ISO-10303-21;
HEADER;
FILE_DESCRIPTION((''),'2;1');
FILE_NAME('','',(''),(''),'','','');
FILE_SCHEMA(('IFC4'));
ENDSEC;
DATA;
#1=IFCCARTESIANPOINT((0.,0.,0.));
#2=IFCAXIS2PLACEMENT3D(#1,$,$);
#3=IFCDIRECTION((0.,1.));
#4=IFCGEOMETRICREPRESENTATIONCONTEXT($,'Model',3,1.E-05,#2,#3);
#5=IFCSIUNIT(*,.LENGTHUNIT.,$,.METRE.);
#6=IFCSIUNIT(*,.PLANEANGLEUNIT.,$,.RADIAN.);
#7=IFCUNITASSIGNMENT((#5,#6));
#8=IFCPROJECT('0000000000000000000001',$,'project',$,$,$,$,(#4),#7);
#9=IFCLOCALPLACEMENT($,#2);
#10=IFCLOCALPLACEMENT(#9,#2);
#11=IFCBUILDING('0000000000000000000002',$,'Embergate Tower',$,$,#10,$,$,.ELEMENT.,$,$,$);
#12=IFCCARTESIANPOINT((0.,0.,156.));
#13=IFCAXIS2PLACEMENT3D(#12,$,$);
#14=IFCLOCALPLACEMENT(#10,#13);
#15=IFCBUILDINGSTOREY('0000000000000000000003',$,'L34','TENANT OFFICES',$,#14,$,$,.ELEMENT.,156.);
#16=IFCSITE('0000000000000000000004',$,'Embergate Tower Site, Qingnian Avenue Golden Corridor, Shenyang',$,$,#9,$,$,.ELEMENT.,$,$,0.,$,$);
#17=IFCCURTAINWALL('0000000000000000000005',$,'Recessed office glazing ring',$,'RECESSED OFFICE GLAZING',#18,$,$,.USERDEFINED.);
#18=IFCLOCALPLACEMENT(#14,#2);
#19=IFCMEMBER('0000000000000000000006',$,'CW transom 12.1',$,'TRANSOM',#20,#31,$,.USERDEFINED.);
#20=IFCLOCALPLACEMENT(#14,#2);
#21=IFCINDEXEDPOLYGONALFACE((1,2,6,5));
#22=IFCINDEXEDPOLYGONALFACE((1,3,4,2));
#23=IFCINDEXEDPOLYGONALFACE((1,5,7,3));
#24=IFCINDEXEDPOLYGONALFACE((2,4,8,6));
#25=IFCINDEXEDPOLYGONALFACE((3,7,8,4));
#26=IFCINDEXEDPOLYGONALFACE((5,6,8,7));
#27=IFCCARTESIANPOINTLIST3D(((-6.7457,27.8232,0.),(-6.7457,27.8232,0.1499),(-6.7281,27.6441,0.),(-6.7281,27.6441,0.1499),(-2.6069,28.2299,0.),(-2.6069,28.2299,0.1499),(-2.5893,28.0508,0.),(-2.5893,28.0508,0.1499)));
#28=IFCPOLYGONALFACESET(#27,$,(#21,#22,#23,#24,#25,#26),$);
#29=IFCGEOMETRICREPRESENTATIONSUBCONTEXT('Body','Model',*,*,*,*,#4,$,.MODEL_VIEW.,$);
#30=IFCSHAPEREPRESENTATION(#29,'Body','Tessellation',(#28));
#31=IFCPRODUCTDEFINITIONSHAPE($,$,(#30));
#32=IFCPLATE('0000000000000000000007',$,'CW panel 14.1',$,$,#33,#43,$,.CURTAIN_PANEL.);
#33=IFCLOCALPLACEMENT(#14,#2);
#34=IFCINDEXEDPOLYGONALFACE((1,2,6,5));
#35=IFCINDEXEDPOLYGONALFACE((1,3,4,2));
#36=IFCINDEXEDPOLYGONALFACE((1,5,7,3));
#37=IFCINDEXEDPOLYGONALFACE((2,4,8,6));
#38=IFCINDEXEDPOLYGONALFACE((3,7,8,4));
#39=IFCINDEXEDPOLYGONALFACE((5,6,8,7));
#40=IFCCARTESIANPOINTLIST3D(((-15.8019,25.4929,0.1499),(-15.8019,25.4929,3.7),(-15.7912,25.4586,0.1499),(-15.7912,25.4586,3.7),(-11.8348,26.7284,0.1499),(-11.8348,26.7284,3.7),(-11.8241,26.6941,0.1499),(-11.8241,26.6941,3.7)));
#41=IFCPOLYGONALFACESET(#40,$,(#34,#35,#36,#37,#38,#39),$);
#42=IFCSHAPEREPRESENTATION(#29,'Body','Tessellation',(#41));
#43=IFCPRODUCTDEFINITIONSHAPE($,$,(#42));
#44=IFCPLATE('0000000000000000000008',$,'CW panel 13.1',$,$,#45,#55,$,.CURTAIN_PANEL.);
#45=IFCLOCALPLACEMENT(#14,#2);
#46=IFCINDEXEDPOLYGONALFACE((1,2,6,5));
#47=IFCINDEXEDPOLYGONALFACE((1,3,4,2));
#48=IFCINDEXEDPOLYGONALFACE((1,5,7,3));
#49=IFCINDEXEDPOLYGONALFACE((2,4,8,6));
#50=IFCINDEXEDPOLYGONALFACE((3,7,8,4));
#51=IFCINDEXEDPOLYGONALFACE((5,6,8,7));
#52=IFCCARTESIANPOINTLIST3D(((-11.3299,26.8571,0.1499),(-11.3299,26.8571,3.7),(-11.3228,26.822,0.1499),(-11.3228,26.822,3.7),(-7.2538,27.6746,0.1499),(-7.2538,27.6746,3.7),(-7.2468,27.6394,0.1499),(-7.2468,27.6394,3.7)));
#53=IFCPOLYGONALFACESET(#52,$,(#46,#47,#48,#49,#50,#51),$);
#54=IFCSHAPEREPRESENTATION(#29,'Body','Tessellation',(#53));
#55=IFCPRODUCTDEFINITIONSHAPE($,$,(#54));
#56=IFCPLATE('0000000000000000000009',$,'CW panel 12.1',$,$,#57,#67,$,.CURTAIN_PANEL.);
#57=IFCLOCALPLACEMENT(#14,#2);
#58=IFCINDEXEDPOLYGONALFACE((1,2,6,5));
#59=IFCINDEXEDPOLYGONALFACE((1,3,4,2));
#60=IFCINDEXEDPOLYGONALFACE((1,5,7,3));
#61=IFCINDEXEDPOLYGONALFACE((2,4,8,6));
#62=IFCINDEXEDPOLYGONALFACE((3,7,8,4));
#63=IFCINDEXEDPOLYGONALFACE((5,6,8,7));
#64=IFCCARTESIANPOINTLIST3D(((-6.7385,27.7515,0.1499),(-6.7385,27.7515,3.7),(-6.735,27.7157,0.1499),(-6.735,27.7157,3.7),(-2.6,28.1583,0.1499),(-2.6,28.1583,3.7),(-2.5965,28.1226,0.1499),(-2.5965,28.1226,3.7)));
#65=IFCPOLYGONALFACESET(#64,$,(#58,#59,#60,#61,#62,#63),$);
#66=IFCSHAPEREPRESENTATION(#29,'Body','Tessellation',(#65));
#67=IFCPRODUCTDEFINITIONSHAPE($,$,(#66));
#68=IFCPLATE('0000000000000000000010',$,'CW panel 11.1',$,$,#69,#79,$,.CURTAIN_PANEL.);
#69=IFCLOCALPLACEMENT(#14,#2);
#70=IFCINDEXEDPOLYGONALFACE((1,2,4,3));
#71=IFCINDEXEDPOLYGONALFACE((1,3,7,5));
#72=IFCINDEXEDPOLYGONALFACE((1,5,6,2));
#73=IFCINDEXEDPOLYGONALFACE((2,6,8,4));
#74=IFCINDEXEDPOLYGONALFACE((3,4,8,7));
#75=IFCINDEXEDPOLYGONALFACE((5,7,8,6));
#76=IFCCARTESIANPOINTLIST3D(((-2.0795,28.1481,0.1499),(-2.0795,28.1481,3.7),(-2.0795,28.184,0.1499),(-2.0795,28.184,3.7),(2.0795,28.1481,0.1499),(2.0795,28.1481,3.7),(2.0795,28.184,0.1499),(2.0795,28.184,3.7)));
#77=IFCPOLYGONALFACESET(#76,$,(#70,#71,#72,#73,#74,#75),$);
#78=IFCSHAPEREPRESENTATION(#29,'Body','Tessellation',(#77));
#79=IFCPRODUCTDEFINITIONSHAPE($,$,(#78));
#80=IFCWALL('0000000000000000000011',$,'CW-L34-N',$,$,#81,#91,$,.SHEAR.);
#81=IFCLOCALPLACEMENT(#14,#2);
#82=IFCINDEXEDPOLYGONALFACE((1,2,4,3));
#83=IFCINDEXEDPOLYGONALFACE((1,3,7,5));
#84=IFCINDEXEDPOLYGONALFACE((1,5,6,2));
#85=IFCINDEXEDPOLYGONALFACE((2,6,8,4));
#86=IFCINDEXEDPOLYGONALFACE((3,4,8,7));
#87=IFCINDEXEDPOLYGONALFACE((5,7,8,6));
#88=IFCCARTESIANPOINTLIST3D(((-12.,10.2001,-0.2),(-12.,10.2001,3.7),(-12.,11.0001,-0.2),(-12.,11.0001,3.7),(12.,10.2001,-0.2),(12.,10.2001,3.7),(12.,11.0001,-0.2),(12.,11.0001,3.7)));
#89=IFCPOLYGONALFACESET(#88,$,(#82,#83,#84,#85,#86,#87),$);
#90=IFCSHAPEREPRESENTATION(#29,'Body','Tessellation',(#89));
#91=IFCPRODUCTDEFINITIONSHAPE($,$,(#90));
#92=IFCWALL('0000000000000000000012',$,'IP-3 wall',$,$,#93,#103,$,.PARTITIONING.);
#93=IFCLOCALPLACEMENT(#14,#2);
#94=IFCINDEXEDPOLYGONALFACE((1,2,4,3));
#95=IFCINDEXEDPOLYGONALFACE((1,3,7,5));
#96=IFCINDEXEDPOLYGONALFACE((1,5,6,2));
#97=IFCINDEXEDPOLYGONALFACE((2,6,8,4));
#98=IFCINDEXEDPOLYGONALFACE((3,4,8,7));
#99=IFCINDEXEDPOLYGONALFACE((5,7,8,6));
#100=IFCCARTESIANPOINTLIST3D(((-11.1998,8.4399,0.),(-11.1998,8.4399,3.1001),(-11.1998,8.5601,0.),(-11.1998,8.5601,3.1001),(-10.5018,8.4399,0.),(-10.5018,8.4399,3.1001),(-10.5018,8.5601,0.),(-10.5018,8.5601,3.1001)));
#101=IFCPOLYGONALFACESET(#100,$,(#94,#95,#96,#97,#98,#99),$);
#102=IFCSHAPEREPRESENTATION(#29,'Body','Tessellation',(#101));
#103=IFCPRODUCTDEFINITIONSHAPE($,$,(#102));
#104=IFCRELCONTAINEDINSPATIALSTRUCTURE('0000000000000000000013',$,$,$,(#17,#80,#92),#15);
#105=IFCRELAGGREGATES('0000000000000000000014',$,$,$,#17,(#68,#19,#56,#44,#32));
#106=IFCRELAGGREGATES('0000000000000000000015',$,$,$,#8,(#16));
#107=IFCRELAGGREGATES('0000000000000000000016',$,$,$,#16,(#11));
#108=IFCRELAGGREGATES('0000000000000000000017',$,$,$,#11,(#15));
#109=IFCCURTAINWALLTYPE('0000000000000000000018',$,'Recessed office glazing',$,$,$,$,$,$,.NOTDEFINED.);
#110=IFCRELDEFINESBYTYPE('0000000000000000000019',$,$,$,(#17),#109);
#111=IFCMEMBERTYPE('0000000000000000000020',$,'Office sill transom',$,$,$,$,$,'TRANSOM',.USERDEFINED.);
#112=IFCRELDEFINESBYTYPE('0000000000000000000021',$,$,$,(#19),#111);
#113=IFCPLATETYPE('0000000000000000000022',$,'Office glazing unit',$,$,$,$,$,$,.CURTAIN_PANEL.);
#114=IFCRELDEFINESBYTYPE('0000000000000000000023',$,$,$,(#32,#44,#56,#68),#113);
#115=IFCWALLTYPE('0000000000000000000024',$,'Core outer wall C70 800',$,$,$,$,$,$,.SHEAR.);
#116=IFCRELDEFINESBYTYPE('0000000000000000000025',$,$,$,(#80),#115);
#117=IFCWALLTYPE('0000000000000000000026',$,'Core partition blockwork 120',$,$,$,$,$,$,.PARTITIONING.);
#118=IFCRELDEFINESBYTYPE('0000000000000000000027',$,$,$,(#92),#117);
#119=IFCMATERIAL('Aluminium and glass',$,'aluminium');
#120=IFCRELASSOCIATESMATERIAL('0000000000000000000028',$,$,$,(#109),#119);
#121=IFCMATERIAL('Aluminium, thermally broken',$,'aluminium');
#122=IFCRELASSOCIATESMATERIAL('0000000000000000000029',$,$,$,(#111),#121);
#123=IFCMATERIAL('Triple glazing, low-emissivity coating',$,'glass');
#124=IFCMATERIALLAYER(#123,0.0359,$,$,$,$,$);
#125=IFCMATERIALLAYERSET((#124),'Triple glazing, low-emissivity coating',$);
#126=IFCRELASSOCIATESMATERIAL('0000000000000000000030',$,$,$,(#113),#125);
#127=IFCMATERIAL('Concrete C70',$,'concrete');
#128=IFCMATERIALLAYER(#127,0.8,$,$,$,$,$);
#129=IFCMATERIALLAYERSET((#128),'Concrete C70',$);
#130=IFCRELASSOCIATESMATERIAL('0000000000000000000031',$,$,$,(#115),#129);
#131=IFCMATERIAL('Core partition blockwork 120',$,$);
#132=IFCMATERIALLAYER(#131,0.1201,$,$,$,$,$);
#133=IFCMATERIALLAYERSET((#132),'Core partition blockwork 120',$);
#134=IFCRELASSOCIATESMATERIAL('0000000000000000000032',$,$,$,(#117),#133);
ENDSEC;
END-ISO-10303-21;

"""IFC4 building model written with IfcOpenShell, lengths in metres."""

from ifc_helpers import new_model, si_unit, direction, frame, frame_2d, origin, origin_2d, place, context, subcontext, project, spatial, rectangle, extrude, source, transform, mapped, material, layer, layer_set, material_profile, profile_set, type_object, element, aggregate, save


model = new_model("IFC4")

# Units and contexts
model_context = context("Model", 3, precision=1e-05, world=origin(), true_north=direction((0.0, 1.0)))
body_context = subcontext(model_context, "Body", "Model", "MODEL_VIEW")
ifc_project = project(units=[si_unit("LENGTHUNIT", "METRE"), si_unit("PLANEANGLEUNIT", "RADIAN")], contexts=[model_context])

# Site, building, storey
site_placement = place(None, origin())
site = spatial("IfcSite", under=ifc_project, at=site_placement, Name="Embergate Tower Site, Qingnian Avenue Golden Corridor, Shenyang", CompositionType="ELEMENT", RefElevation=0.0)
building_placement = place(site_placement, origin())
building = spatial("IfcBuilding", under=site, at=building_placement, Name="Embergate Tower", CompositionType="ELEMENT")
storey_placement = place(building_placement, frame((0.0, 0.0, 156.0)))
storey = spatial("IfcBuildingStorey", under=building, at=storey_placement, Name="L34", Description="TENANT OFFICES", CompositionType="ELEMENT", Elevation=156.0)

# Shared definitions
ifc_material_1 = material(Name="Concrete C70", Category="concrete")

# Curtain wall, member, plates
ifc_material_2 = material(Name="Aluminium and glass", Category="aluminium")
curtain_wall_type = type_object("IfcCurtainWallType", Name="Recessed office glazing", PredefinedType="NOTDEFINED", material=ifc_material_2)
curtain_wall_placement = place(storey_placement, origin())
curtain_wall = element("IfcCurtainWall", 1, at=curtain_wall_placement, inside=storey, type_object=curtain_wall_type, Name="Recessed office glazing ring", ObjectType="RECESSED OFFICE GLAZING", PredefinedType="USERDEFINED")
ifc_material_3 = material(Name="Aluminium, thermally broken", Category="aluminium")
ifc_material_profile_1 = material_profile(ifc_material_3, rectangle(XDim=0.1799, YDim=0.1499, at=origin_2d()), Name="AL 150x180")
ifc_profile_set_1 = profile_set([ifc_material_profile_1], Name="Aluminium, thermally broken")
member_type_1 = type_object("IfcMemberType", Name="Office sill transom", ElementType="TRANSOM", PredefinedType="USERDEFINED", material=ifc_profile_set_1)
shared_shape_1 = source(origin(), body_context, "Body", "SweptSolid", [
    extrude(rectangle(XDim=0.1799, YDim=0.1499, at=origin_2d()), origin(), (0.0, 0.0, 1.0), 4.1587),
])
member_1_placement = place(storey_placement, frame((-2.5981, 28.1404, 0.075), z_axis=(-0.995205, -0.097806, 0.0), x_axis=(0.097806, -0.995205, 0.0)))
member_1 = element("IfcMember", 2, at=member_1_placement, type_object=member_type_1, Name="CW transom 12.1", ObjectType="TRANSOM", PredefinedType="USERDEFINED", context=body_context, shape_type="MappedRepresentation", body=[
    mapped(shared_shape_1, transform((0.0, 0.0, 0.0))),
])
ifc_material_4 = material(Name="Triple glazing, low-emissivity coating", Category="glass")
ifc_layer_1 = layer(ifc_material_4, 0.0359)
ifc_layer_set_1 = layer_set([ifc_layer_1], Name="Triple glazing, low-emissivity coating")
plate_type = type_object("IfcPlateType", Name="Office glazing unit", PredefinedType="CURTAIN_PANEL", material=ifc_layer_set_1)
shared_shape_2 = source(origin(), body_context, "Body", "SweptSolid", [
    extrude(rectangle(XDim=4.155, YDim=0.0359, at=origin_2d()), origin(), (0.0, 0.0, 1.0), 3.55),
])
plate_1_placement = place(storey_placement, frame((-13.813, 26.0935, 0.1499), z_axis=(0.0, 0.0, 1.0), x_axis=(-0.954772, -0.297338, 0.0)))
plate_1 = element("IfcPlate", 3, at=plate_1_placement, type_object=plate_type, Name="CW panel 14.1", PredefinedType="CURTAIN_PANEL", context=body_context, shape_type="MappedRepresentation", body=[
    mapped(shared_shape_2, transform((0.0, 0.0, 0.0))),
])
shared_shape_3 = source(origin(), body_context, "Body", "SweptSolid", [
    extrude(rectangle(XDim=4.1572, YDim=0.0359, at=origin_2d()), origin(), (0.0, 0.0, 1.0), 3.55),
])
plate_2_placement = place(storey_placement, frame((-9.2883, 27.2483, 0.1499), z_axis=(0.0, 0.0, 1.0), x_axis=(-0.980476, -0.196639, 0.0)))
plate_2 = element("IfcPlate", 4, at=plate_2_placement, type_object=plate_type, Name="CW panel 13.1", PredefinedType="CURTAIN_PANEL", context=body_context, shape_type="MappedRepresentation", body=[
    mapped(shared_shape_3, transform((0.0, 0.0, 0.0))),
])
shared_shape_4 = source(origin(), body_context, "Body", "SweptSolid", [
    extrude(rectangle(XDim=4.1584, YDim=0.0359, at=origin_2d()), origin(), (0.0, 0.0, 1.0), 3.55),
])
plate_3_placement = place(storey_placement, frame((-4.6675, 27.937, 0.1499), z_axis=(0.0, 0.0, 1.0), x_axis=(-0.995203, -0.09783, 0.0)))
plate_3 = element("IfcPlate", 5, at=plate_3_placement, type_object=plate_type, Name="CW panel 12.1", PredefinedType="CURTAIN_PANEL", context=body_context, shape_type="MappedRepresentation", body=[
    mapped(shared_shape_4, transform((0.0, 0.0, 0.0))),
])
shared_shape_5 = source(origin(), body_context, "Body", "SweptSolid", [
    extrude(rectangle(XDim=4.1589, YDim=0.0359, at=origin_2d()), origin(), (0.0, 0.0, 1.0), 3.55),
])
plate_4_placement = place(storey_placement, frame((0.0, 28.166, 0.1499), z_axis=(0.0, 0.0, 1.0), x_axis=(-1.0, 0.0, 0.0)))
plate_4 = element("IfcPlate", 6, at=plate_4_placement, type_object=plate_type, Name="CW panel 11.1", PredefinedType="CURTAIN_PANEL", context=body_context, shape_type="MappedRepresentation", body=[
    mapped(shared_shape_5, transform((0.0, 0.0, 0.0))),
])
aggregate(curtain_wall, [plate_4, member_1, plate_3, plate_2, plate_1])

# Walls
ifc_layer_2 = layer(ifc_material_1, 0.8)
ifc_layer_set_2 = layer_set([ifc_layer_2], Name="Concrete C70")
wall_type_1 = type_object("IfcWallType", Name="Core outer wall C70 800", PredefinedType="SHEAR", material=ifc_layer_set_2)
shared_shape_6 = source(origin(), body_context, "Body", "SweptSolid", [
    extrude(rectangle(XDim=24.0, YDim=0.8, at=frame_2d((12.0, 0.0))), origin(), (0.0, 0.0, 1.0), 3.8999),
])
wall_1_placement = place(storey_placement, frame((-12.0, 10.6001, -0.2), z_axis=(0.0, 0.0, 1.0), x_axis=(1.0, 0.0, 0.0)))
element("IfcWall", 7, at=wall_1_placement, inside=storey, type_object=wall_type_1, Name="CW-L34-N", PredefinedType="SHEAR", context=body_context, shape_type="MappedRepresentation", body=[
    mapped(shared_shape_6, transform((0.0, 0.0, 0.0))),
])
ifc_material_5 = material(Name="Core partition blockwork 120")
ifc_layer_3 = layer(ifc_material_5, 0.1201)
ifc_layer_set_3 = layer_set([ifc_layer_3], Name="Core partition blockwork 120")
wall_type_2 = type_object("IfcWallType", Name="Core partition blockwork 120", PredefinedType="PARTITIONING", material=ifc_layer_set_3)
shared_shape_7 = source(origin(), body_context, "Body", "SweptSolid", [
    extrude(rectangle(XDim=0.698, YDim=0.1201, at=frame_2d((0.3491, 0.0))), origin(), (0.0, 0.0, 1.0), 3.1001),
])
wall_2_placement = place(storey_placement, frame((-11.2, 8.5, 0.0), z_axis=(0.0, 0.0, 1.0), x_axis=(1.0, 0.0, 0.0)))
element("IfcWall", 8, at=wall_2_placement, inside=storey, type_object=wall_type_2, Name="IP-3 wall", PredefinedType="PARTITIONING", context=body_context, shape_type="MappedRepresentation", body=[
    mapped(shared_shape_7, transform((0.0, 0.0, 0.0))),
])

save(model, "model.ifc")
